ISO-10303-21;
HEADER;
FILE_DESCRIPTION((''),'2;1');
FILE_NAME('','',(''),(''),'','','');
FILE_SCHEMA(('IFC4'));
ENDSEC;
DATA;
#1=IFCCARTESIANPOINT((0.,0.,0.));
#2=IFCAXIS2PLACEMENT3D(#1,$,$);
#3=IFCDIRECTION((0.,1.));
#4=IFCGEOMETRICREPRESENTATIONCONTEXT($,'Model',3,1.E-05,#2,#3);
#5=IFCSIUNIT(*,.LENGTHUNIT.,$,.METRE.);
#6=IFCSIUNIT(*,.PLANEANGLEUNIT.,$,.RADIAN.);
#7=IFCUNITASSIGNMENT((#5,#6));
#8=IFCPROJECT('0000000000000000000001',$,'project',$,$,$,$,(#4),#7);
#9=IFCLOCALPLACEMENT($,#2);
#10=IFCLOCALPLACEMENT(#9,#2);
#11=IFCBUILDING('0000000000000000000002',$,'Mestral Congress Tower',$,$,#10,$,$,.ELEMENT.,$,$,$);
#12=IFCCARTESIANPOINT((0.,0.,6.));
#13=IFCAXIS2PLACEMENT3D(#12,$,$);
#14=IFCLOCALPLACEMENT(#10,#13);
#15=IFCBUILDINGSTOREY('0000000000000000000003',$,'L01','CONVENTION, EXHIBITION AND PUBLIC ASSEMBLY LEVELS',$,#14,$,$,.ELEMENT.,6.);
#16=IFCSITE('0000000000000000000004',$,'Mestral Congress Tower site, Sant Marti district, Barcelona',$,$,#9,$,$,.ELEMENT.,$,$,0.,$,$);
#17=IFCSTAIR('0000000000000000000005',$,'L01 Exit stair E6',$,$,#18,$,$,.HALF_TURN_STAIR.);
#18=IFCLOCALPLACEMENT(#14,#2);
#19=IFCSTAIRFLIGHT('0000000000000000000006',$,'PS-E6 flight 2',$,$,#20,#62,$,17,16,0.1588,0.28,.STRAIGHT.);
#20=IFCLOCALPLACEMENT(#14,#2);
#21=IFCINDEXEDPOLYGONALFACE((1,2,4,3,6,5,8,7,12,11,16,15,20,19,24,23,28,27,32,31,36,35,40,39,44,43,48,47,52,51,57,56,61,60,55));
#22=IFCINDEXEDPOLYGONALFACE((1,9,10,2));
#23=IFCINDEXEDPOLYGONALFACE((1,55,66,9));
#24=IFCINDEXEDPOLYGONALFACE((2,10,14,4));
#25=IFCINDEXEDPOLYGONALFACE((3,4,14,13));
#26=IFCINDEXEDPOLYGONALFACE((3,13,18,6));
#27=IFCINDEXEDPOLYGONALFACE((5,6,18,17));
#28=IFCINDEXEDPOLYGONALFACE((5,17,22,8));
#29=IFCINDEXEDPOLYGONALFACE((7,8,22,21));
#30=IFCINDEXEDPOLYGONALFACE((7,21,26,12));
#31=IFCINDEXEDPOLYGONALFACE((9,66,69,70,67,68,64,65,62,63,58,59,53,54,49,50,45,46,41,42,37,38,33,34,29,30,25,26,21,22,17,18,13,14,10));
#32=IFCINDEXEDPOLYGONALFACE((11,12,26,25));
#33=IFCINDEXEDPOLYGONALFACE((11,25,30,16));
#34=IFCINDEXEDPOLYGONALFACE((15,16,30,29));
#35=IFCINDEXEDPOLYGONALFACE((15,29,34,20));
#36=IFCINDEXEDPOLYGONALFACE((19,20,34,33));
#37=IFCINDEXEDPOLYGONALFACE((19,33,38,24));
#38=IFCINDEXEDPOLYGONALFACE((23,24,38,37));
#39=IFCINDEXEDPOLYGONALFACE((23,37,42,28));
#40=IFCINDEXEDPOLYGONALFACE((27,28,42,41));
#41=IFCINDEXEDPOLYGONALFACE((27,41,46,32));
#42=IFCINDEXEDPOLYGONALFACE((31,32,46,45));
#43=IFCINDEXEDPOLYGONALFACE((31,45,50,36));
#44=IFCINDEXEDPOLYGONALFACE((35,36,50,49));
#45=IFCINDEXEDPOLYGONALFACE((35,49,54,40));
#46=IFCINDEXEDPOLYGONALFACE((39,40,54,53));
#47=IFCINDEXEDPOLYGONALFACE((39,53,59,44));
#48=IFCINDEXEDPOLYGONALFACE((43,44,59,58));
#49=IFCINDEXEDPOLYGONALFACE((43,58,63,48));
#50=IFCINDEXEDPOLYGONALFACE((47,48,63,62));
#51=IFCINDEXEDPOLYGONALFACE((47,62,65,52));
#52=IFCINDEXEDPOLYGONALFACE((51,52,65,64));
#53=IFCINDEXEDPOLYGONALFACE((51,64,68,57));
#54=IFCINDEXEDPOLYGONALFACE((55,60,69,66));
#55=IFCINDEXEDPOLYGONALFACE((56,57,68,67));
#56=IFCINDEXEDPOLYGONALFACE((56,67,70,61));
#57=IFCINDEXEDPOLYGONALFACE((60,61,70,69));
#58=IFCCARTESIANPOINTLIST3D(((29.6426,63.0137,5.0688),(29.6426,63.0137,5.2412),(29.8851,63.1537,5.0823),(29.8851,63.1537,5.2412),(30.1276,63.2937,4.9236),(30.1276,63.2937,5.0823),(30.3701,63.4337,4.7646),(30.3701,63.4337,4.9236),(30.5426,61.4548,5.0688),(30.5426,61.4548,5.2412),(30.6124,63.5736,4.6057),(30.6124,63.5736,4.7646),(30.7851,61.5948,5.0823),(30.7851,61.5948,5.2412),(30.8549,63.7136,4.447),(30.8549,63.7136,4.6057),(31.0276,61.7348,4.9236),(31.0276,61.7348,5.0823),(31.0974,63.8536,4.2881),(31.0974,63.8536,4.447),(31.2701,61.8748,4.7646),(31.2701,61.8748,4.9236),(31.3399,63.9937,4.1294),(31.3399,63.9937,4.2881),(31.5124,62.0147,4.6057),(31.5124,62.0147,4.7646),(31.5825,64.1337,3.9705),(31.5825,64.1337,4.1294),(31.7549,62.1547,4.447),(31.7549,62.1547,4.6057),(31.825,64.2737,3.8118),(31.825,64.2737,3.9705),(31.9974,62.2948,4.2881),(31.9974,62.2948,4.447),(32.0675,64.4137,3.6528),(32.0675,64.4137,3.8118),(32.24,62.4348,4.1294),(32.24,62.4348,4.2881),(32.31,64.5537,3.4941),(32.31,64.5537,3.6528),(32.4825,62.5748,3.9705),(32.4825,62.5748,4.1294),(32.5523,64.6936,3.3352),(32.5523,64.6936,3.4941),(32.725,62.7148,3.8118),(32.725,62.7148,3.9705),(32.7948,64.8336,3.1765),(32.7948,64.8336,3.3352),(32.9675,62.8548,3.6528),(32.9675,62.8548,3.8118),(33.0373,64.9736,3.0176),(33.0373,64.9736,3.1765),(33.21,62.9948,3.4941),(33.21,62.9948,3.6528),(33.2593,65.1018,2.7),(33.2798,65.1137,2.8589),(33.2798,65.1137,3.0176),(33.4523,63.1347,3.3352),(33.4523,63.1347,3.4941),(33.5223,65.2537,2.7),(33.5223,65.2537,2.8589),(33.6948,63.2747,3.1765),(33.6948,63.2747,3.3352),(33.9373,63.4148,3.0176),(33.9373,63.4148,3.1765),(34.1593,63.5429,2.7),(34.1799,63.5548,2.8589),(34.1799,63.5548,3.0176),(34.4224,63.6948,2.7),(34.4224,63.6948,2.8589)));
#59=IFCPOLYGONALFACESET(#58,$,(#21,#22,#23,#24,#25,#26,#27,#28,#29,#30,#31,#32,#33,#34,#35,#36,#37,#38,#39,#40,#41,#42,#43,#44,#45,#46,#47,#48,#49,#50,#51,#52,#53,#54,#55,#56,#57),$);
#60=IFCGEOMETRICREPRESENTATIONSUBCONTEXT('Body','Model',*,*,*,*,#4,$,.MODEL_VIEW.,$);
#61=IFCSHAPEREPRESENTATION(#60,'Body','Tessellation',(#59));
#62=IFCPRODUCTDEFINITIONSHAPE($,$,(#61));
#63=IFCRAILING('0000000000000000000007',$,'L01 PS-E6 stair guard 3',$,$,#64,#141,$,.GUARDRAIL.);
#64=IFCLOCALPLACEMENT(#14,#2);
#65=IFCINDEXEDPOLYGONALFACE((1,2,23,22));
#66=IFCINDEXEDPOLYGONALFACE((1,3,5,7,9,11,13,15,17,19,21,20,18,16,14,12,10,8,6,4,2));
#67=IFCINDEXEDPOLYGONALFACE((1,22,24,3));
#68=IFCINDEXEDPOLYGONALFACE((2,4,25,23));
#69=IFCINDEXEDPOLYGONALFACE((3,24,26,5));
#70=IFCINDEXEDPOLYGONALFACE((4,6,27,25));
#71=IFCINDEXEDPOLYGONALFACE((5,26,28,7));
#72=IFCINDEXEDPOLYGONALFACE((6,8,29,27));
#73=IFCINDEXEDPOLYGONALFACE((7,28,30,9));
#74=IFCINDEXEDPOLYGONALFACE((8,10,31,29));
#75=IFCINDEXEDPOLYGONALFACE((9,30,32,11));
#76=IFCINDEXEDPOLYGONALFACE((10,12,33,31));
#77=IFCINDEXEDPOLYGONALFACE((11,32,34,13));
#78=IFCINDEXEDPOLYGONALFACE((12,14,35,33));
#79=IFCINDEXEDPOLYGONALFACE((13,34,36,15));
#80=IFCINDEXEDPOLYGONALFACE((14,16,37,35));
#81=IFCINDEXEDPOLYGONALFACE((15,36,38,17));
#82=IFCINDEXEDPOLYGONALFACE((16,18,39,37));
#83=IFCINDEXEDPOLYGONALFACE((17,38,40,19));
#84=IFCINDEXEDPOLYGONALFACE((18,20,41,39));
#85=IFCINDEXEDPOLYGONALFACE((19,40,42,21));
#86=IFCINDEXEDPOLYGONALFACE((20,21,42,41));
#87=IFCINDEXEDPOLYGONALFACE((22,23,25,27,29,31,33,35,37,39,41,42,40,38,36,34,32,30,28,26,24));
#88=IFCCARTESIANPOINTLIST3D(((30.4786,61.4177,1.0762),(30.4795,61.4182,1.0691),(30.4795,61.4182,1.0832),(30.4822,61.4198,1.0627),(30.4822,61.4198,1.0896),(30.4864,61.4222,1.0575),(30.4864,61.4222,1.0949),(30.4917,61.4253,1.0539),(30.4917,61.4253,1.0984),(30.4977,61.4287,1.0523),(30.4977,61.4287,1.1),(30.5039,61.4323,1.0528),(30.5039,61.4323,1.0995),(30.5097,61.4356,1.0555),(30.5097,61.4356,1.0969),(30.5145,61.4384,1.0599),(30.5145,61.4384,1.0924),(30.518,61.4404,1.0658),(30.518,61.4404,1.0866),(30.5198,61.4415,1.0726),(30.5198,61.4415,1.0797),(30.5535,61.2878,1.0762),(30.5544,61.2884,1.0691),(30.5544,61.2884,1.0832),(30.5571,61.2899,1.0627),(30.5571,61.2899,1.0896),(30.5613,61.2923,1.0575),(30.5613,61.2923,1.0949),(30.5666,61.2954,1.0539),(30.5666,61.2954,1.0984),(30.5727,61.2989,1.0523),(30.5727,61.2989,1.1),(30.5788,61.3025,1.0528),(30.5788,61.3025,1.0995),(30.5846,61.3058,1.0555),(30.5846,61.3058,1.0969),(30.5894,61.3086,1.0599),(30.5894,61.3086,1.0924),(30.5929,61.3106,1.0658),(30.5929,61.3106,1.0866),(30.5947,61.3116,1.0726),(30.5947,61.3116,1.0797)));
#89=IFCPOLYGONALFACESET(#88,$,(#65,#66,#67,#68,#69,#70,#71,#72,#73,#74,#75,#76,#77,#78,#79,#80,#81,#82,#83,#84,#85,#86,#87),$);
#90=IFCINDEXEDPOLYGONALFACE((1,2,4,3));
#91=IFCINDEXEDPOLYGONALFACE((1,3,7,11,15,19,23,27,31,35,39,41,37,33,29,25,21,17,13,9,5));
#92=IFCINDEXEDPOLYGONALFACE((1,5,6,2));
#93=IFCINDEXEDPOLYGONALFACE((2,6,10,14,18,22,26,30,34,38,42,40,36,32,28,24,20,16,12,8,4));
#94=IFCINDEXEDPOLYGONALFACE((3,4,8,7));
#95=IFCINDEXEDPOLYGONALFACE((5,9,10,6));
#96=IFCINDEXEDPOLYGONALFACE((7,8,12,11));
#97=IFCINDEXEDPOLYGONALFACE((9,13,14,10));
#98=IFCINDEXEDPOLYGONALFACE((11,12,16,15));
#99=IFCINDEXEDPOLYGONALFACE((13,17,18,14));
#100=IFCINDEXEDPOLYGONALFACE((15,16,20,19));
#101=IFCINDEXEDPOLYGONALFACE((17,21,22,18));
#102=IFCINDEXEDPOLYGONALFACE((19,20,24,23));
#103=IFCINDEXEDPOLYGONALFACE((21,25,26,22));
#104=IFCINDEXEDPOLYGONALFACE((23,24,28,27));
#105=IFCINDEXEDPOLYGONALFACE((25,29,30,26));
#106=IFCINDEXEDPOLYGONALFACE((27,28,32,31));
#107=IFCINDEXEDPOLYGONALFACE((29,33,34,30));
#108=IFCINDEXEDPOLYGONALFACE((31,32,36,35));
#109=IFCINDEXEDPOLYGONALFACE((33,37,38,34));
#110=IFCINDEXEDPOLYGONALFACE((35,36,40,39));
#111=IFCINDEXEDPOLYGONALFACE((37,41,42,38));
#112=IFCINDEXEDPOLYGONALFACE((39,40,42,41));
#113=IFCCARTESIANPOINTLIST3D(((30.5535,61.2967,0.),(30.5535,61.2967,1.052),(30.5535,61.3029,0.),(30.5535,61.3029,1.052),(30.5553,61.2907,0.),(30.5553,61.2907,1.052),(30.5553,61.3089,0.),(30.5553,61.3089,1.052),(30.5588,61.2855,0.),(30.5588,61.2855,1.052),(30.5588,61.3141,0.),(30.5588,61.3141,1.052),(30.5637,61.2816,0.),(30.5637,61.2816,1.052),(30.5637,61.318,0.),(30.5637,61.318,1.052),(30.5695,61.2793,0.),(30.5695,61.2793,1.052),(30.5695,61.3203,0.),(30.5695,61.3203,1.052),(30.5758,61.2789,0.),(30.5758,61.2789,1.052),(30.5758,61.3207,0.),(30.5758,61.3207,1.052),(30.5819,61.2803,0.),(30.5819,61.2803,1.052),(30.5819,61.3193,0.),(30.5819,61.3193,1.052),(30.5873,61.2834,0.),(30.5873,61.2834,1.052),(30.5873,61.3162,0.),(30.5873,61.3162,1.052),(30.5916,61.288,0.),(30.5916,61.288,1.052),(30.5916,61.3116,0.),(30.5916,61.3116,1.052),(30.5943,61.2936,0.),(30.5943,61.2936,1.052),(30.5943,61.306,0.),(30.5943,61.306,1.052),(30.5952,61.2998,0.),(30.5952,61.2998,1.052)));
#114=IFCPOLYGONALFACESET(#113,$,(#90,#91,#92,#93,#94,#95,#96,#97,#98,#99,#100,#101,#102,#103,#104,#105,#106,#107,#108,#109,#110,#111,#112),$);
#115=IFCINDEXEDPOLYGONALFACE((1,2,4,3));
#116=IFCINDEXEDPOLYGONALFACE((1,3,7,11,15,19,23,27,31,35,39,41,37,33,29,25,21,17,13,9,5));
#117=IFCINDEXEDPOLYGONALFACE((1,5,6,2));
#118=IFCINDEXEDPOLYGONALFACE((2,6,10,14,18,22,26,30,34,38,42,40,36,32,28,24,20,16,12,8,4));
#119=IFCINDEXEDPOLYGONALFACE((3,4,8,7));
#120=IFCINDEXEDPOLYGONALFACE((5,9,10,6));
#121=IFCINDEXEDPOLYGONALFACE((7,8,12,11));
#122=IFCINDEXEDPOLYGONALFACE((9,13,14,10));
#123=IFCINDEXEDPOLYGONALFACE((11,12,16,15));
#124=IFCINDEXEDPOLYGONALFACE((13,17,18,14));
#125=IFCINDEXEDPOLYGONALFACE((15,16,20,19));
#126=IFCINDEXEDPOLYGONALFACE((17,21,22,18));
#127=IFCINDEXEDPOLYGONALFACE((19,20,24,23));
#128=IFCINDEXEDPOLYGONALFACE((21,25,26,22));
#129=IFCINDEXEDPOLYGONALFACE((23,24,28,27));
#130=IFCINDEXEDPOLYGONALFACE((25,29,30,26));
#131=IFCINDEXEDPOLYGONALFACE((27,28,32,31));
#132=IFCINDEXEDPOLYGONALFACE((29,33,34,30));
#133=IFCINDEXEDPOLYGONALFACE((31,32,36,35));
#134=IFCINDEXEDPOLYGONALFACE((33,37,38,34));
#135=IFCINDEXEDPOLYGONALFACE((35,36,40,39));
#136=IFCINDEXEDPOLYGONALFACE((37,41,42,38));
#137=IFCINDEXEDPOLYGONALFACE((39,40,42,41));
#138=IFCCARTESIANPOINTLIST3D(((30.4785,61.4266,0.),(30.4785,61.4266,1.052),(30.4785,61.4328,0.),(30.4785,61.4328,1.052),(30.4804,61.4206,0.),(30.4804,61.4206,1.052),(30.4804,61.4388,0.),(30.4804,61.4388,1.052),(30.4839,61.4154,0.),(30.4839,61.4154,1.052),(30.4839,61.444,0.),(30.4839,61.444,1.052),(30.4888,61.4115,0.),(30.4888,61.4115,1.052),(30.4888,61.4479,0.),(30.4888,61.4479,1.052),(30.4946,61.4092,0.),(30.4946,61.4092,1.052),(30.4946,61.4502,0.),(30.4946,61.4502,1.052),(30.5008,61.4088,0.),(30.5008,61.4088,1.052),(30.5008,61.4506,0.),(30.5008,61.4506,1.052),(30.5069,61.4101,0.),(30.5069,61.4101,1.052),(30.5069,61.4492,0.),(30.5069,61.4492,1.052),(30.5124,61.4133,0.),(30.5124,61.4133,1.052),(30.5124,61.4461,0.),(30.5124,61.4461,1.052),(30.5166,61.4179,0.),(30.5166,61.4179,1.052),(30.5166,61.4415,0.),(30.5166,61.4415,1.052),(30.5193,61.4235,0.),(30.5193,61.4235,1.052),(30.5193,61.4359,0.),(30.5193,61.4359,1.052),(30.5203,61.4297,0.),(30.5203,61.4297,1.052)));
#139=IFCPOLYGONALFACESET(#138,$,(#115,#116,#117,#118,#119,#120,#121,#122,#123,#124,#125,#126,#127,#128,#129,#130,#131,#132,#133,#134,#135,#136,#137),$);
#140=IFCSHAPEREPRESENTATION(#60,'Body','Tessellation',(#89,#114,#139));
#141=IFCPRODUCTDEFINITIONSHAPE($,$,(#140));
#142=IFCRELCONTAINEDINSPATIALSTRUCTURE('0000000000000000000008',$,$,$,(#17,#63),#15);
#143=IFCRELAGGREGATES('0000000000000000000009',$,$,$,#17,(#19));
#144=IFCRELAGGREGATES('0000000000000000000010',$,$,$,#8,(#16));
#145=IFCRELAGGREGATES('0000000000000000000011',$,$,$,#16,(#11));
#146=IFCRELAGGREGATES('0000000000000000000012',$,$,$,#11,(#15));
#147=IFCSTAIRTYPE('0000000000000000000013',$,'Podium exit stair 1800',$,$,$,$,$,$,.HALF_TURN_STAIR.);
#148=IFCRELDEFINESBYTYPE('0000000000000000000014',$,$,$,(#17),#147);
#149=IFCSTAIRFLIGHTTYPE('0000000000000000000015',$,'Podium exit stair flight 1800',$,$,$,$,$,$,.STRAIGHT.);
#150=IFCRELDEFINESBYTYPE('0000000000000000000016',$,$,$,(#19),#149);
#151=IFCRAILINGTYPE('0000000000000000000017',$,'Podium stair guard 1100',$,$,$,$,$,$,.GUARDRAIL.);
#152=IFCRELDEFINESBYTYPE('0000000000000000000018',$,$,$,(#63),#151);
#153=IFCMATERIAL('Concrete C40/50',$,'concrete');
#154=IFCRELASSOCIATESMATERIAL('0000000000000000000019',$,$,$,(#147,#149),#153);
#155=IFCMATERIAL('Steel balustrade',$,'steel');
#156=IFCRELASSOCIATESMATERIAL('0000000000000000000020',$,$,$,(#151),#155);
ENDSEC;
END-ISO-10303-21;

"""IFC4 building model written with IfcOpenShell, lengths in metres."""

from ifc_helpers import new_model, si_unit, direction, frame, origin, origin_2d, place, context, subcontext, project, spatial, polyline, circle, outline, extrude, material, type_object, element, aggregate, save


model = new_model("IFC4")

# Units and contexts
model_context = context("Model", 3, precision=1e-05, world=origin(), true_north=direction((0.0, 1.0)))
body_context = subcontext(model_context, "Body", "Model", "MODEL_VIEW")
ifc_project = project(units=[si_unit("LENGTHUNIT", "METRE"), si_unit("PLANEANGLEUNIT", "RADIAN")], contexts=[model_context])

# Site, building, storey
site_placement = place(None, origin())
site = spatial("IfcSite", under=ifc_project, at=site_placement, Name="Mestral Congress Tower site, Sant Marti district, Barcelona", CompositionType="ELEMENT", RefElevation=0.0)
building_placement = place(site_placement, origin())
building = spatial("IfcBuilding", under=site, at=building_placement, Name="Mestral Congress Tower", CompositionType="ELEMENT")
storey_placement = place(building_placement, frame((0.0, 0.0, 6.0)))
storey = spatial("IfcBuildingStorey", under=building, at=storey_placement, Name="L01", Description="CONVENTION, EXHIBITION AND PUBLIC ASSEMBLY LEVELS", CompositionType="ELEMENT", Elevation=6.0)

# Stair, stair flight
ifc_material_1 = material(Name="Concrete C40/50", Category="concrete")
stair_type = type_object("IfcStairType", Name="Podium exit stair 1800", PredefinedType="HALF_TURN_STAIR", material=ifc_material_1)
stair_placement = place(storey_placement, origin())
stair = element("IfcStair", 1, at=stair_placement, inside=storey, type_object=stair_type, Name="L01 Exit stair E6", PredefinedType="HALF_TURN_STAIR")
stair_flight_type = type_object("IfcStairFlightType", Name="Podium exit stair flight 1800", PredefinedType="STRAIGHT", material=ifc_material_1)
stair_flight_1_placement = place(storey_placement, frame((33.9724, 64.4741, 2.7), z_axis=(0.0, 0.0, 1.0), x_axis=(-0.866025, -0.5, 0.0)))
stair_flight_1 = element("IfcStairFlight", 2, at=stair_flight_1_placement, type_object=stair_flight_type, Name="PS-E6 flight 2", NumberOfRisers=17, NumberOfTreads=16, PredefinedType="STRAIGHT", RiserHeight=0.1588, TreadLength=0.28, context=body_context, shape_type="SweptSolid", body=[
    extrude(outline(polyline([(0.0, 0.0), (0.0, 0.1589), (0.28, 0.1589), (0.28, 0.3176), (0.5601, 0.3176), (0.5601, 0.4766), (0.8401, 0.4766), (0.8401, 0.6353), (1.1201, 0.6353), (1.1201, 0.7942), (1.3999, 0.7942), (1.3999, 0.9529), (1.6799, 0.9529), (1.6799, 1.1118), (1.96, 1.1118), (1.96, 1.2705), (2.24, 1.2705), (2.24, 1.4294), (2.52, 1.4294), (2.52, 1.5881), (2.8, 1.5881), (2.8, 1.7471), (3.0801, 1.7471), (3.0801, 1.9058), (3.3601, 1.9058), (3.3601, 2.0647), (3.6399, 2.0647), (3.6399, 2.2236), (3.9199, 2.2236), (3.9199, 2.3823), (4.2, 2.3823), (4.2, 2.5413), (4.48, 2.5413), (4.48, 2.7), (4.48, 2.3689), (0.3037, 0.0), (0.0, 0.0)])), frame((0.0, 0.8999, 0.0), z_axis=(0.0, -1.0, 0.0), x_axis=(1.0, 0.0, 0.0)), (0.0, 0.0, 1.0), 1.8),
])
aggregate(stair, [stair_flight_1])

# Railing
ifc_material_2 = material(Name="Steel balustrade", Category="steel")
railing_type_1 = type_object("IfcRailingType", Name="Podium stair guard 1100", PredefinedType="GUARDRAIL", material=ifc_material_2)
railing_1_placement = place(storey_placement, frame((30.5742, 61.2998, 0.0)))
element("IfcRailing", 3, at=railing_1_placement, inside=storey, type_object=railing_type_1, Name="L01 PS-E6 stair guard 3", PredefinedType="GUARDRAIL", context=body_context, shape_type="SweptSolid", body=[
    extrude(circle(Radius=0.0239, at=origin_2d()), frame((0.0, 0.0, 1.0762), z_axis=(-0.499816, 0.866131, 0.0), x_axis=(-0.866131, -0.499816, 0.0)), (0.0, 0.0, 1.0), 0.1499),
    extrude(circle(Radius=0.021, at=origin_2d()), origin(), (0.0, 0.0, 1.0), 1.052),
    extrude(circle(Radius=0.021, at=origin_2d()), frame((-0.075, 0.1299, 0.0)), (0.0, 0.0, 1.0), 1.052),
])

save(model, "model.ifc")
